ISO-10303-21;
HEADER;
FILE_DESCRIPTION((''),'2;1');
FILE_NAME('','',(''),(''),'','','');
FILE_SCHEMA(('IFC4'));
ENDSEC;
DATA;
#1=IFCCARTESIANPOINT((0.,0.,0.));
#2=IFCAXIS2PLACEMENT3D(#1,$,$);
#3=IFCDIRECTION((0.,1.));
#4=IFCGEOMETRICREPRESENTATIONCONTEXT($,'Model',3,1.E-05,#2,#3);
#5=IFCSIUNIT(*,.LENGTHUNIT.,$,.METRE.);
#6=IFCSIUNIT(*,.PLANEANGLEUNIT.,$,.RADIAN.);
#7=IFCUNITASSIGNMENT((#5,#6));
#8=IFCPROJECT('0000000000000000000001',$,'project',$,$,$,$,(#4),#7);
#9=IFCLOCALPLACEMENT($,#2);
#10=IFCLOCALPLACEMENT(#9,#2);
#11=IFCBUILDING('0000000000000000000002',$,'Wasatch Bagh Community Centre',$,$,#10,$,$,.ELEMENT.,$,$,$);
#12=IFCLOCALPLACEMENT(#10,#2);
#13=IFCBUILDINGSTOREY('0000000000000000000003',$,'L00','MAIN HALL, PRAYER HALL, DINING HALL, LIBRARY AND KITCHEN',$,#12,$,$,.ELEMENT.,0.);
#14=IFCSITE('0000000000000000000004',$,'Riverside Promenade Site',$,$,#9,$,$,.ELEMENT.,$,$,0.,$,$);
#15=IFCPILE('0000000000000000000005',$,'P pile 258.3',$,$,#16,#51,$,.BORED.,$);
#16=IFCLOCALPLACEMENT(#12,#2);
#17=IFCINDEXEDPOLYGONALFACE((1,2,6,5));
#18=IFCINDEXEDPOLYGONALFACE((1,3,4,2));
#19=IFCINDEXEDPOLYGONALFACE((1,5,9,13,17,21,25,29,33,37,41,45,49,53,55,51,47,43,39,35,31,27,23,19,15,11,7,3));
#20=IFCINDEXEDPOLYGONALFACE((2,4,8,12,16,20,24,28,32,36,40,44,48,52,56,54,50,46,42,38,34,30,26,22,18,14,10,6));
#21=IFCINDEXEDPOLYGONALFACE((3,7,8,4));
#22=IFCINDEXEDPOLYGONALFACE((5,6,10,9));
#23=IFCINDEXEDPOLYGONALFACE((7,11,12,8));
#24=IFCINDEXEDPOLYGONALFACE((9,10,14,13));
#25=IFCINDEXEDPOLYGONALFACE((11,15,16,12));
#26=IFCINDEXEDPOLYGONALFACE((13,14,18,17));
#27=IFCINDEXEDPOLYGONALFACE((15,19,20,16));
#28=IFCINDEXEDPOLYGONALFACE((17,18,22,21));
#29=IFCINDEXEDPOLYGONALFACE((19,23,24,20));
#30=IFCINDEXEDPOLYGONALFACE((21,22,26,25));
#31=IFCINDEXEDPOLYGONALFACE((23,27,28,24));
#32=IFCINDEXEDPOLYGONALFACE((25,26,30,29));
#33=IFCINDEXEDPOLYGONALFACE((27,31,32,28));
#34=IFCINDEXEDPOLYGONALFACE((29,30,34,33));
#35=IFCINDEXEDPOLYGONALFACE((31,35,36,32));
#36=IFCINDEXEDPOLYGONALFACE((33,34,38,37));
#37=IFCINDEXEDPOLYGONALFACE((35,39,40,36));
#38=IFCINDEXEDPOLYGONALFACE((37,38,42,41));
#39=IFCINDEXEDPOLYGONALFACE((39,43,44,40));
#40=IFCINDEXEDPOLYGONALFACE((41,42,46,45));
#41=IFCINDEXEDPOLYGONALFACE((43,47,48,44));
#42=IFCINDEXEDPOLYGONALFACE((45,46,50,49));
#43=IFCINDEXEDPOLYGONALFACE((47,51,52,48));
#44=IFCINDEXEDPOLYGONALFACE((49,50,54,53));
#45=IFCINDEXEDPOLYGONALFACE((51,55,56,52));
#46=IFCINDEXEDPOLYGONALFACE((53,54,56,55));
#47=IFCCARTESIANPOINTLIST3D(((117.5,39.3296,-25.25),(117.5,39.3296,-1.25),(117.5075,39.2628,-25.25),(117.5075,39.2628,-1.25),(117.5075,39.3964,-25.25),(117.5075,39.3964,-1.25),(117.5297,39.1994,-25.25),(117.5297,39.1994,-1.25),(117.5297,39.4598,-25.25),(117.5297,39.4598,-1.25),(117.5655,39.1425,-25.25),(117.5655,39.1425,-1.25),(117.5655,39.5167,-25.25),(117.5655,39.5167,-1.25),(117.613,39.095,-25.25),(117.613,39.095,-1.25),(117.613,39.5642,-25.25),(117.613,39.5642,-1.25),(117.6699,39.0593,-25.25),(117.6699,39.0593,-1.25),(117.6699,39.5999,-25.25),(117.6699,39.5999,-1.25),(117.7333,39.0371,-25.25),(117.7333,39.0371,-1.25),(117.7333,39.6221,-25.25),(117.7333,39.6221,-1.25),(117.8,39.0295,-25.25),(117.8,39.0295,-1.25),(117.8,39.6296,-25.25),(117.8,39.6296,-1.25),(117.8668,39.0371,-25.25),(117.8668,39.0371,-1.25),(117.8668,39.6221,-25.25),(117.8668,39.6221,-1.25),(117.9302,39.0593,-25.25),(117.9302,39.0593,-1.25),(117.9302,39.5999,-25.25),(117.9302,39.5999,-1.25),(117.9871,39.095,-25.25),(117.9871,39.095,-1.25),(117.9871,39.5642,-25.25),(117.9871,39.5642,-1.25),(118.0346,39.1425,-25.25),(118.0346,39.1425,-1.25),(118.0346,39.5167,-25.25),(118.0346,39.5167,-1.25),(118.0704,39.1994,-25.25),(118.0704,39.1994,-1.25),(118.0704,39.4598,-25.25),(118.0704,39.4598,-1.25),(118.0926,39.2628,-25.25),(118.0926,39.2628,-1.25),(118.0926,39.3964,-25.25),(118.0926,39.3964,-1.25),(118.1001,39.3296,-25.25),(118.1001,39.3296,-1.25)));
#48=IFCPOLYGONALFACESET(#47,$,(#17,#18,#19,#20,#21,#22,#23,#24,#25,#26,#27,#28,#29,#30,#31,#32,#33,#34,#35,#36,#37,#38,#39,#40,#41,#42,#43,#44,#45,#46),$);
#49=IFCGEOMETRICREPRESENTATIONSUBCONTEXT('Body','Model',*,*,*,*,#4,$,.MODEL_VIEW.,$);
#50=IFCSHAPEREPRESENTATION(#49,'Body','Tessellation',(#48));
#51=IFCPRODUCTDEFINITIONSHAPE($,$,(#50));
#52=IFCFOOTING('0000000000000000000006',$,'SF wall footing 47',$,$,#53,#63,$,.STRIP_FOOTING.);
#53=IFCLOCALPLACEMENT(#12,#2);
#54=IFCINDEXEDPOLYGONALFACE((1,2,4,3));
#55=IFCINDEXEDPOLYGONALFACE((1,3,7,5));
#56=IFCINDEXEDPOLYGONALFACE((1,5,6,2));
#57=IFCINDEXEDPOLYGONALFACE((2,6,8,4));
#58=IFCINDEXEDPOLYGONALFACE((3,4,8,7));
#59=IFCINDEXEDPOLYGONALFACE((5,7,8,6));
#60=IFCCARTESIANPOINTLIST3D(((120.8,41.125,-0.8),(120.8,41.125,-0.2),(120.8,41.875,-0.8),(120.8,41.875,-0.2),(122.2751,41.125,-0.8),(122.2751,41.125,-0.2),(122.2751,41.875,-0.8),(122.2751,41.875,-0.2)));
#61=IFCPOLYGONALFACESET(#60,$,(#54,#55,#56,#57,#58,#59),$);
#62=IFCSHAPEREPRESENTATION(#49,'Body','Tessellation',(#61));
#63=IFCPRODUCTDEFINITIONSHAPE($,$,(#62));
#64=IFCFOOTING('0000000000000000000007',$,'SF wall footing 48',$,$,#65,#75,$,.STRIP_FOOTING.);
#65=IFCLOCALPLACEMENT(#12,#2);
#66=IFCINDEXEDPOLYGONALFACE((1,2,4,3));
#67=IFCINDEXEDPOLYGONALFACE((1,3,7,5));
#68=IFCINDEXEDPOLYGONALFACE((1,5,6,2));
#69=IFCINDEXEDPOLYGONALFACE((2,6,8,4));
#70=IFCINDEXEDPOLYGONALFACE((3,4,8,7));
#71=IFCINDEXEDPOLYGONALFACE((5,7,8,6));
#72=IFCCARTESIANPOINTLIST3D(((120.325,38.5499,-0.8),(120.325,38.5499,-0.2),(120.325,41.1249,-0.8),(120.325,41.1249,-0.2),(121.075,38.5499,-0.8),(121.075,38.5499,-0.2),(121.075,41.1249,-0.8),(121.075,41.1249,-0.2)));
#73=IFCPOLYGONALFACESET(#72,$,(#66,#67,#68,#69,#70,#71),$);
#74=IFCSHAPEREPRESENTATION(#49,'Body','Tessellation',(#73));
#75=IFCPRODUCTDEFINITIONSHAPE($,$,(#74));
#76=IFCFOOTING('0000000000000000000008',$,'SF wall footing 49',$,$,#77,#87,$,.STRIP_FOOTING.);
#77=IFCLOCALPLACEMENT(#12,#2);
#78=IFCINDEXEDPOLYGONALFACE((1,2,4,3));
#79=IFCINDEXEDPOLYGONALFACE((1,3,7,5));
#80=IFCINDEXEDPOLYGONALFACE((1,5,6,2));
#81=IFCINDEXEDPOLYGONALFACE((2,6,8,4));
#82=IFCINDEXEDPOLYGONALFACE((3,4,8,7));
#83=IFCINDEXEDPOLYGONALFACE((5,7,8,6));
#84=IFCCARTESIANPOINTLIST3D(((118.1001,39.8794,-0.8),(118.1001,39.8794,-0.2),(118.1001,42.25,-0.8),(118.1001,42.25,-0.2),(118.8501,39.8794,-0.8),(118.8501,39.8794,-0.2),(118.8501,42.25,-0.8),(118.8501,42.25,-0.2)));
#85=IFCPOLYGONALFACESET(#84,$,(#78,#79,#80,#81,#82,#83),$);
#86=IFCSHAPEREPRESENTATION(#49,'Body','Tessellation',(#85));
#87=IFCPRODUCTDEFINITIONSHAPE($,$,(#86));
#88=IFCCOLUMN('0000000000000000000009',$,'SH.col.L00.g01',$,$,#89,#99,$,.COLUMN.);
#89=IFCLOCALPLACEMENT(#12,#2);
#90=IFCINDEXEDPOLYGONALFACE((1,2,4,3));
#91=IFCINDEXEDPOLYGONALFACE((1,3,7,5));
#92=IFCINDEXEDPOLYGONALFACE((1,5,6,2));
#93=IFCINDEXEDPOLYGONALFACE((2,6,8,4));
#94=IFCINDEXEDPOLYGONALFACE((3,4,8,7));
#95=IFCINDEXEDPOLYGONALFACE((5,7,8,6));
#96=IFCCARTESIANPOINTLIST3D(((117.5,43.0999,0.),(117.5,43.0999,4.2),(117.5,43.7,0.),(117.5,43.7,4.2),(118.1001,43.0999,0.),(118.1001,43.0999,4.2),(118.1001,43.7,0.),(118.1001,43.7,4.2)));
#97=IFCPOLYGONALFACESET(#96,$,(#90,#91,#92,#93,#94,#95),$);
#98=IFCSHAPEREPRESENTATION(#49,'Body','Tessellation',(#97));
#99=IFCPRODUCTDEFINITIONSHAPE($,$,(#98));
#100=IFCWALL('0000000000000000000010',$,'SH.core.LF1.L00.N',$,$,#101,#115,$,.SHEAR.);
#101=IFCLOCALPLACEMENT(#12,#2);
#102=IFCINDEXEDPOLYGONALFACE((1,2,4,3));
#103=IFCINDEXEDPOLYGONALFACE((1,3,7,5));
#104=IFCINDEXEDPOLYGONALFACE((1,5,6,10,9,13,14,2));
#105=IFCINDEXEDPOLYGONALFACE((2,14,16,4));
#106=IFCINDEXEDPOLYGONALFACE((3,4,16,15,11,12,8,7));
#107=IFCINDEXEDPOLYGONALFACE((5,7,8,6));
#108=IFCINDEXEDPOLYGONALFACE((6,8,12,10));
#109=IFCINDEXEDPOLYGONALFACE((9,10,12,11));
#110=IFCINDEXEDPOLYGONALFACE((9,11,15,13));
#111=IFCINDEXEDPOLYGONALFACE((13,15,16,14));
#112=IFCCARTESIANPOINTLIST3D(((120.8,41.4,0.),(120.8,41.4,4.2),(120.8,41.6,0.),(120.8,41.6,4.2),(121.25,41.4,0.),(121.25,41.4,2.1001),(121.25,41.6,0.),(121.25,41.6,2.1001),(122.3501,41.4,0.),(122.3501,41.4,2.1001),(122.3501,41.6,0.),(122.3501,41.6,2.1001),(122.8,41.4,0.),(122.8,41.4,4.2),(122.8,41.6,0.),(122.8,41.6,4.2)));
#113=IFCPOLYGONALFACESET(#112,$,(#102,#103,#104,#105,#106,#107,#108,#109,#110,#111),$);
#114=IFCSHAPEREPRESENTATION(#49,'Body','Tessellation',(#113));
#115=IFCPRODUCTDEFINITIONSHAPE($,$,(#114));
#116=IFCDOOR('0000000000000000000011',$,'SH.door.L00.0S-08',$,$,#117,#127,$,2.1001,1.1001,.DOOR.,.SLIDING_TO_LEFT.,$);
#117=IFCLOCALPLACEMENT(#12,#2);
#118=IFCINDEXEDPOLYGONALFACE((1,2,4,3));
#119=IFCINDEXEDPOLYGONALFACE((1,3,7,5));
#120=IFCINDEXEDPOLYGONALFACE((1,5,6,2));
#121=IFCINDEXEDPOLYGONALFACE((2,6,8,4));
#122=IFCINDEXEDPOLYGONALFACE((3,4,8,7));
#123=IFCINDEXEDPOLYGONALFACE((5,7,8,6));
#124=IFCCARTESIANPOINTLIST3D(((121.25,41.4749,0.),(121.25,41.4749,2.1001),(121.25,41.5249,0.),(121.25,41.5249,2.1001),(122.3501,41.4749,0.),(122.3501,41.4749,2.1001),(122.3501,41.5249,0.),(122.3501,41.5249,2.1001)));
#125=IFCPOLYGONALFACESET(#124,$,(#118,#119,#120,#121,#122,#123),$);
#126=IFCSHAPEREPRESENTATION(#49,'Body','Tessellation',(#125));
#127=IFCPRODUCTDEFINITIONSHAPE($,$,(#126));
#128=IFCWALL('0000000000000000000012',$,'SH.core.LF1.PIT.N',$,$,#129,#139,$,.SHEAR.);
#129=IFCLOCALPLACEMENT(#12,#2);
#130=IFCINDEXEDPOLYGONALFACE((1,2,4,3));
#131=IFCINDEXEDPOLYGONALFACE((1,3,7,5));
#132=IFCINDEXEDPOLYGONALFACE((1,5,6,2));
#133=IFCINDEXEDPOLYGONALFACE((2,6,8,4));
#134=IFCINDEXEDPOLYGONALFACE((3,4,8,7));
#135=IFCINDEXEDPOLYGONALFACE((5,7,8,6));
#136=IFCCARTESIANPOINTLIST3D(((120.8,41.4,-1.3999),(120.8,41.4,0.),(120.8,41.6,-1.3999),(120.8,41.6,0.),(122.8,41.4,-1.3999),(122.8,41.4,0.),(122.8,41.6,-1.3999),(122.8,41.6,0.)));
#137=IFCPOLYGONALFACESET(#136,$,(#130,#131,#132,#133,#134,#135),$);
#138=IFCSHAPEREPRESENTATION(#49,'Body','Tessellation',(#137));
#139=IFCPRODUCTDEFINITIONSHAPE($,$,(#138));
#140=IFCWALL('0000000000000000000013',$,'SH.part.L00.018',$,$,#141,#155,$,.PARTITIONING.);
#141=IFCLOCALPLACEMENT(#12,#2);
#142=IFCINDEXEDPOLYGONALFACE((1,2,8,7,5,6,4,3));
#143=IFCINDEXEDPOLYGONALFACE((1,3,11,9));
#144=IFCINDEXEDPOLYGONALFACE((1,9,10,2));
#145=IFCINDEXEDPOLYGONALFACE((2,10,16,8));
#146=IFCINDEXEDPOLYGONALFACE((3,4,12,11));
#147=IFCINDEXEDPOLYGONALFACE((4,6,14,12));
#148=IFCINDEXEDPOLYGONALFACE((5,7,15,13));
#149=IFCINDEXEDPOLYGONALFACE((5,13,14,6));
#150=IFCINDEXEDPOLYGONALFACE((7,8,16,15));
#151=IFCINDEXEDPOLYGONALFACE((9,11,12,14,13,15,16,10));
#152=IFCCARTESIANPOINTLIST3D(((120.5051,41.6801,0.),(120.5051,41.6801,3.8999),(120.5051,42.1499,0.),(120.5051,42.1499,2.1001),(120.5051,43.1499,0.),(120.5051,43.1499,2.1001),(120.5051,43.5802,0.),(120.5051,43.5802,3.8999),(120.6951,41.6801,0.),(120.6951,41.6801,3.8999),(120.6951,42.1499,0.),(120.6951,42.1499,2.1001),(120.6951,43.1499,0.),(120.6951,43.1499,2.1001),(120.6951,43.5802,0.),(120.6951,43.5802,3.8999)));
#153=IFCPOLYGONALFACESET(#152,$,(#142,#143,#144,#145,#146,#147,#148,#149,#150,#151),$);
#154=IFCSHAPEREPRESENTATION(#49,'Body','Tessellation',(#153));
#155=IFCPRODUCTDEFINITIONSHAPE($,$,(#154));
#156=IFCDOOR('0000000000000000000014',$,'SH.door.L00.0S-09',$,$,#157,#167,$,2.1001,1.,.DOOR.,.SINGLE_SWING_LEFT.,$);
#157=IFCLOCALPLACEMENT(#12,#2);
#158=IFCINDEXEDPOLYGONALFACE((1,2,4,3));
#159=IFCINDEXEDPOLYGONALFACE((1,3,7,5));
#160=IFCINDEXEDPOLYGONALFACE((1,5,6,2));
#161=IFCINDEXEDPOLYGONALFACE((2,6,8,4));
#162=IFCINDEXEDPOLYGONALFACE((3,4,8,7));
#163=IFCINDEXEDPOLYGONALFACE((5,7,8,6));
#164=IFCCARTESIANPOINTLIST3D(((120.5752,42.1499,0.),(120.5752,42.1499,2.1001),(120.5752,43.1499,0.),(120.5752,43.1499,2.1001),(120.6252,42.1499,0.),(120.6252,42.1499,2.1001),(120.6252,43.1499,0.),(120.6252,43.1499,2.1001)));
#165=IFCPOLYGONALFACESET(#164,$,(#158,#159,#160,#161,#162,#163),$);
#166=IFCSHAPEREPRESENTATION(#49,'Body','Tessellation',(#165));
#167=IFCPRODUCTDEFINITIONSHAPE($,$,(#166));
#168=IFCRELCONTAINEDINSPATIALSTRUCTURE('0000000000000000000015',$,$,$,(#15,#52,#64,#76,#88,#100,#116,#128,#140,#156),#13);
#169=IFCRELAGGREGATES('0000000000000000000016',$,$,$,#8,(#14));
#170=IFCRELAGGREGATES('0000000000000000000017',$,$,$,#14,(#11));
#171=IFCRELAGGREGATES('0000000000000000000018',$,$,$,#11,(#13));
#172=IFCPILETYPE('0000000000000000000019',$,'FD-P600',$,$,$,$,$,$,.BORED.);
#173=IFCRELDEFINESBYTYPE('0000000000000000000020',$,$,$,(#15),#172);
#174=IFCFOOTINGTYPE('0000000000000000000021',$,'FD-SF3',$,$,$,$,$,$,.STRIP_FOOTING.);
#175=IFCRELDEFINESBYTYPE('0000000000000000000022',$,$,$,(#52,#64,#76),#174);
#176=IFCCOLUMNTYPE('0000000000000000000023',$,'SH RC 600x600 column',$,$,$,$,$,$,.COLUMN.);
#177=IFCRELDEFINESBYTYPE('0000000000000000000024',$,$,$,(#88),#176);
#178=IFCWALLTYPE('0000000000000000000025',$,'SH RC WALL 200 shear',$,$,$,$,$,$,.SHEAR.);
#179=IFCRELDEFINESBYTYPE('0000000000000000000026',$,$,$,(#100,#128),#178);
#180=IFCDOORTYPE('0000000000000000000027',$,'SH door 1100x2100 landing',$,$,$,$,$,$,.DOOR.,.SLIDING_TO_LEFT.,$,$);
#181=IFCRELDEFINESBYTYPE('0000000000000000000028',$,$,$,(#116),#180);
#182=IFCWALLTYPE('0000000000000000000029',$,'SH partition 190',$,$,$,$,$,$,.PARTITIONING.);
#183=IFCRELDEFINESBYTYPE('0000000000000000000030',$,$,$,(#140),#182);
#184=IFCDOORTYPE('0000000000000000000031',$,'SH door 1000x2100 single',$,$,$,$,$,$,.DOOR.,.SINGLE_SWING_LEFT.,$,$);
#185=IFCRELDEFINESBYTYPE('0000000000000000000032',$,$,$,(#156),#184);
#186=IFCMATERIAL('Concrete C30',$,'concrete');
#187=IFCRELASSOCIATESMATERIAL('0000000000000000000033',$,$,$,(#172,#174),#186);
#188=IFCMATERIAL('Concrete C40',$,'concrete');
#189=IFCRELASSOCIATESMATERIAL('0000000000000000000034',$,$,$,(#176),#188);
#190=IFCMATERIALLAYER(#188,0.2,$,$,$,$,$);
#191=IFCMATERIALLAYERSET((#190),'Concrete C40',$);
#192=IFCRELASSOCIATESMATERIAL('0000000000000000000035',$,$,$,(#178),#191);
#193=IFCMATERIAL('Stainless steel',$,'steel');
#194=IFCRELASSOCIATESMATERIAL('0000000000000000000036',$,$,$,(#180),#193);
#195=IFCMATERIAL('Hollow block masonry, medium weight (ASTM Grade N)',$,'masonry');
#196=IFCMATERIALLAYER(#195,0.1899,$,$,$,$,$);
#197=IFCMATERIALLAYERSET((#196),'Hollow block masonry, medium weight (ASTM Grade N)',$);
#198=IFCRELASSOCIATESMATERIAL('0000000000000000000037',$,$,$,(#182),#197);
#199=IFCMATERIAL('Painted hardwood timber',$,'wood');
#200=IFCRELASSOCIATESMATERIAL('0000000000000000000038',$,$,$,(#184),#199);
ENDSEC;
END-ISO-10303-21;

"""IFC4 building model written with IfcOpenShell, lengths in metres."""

from ifc_helpers import new_model, si_unit, direction, frame, frame_2d, origin, origin_2d, place, context, subcontext, project, spatial, rectangle, circle, extrude, material, layer, layer_set, material_profile, profile_set, type_object, element, fill, save


model = new_model("IFC4")

# Units and contexts
model_context = context("Model", 3, precision=1e-05, world=origin(), true_north=direction((0.0, 1.0)))
body_context = subcontext(model_context, "Body", "Model", "MODEL_VIEW")
ifc_project = project(units=[si_unit("LENGTHUNIT", "METRE"), si_unit("PLANEANGLEUNIT", "RADIAN")], contexts=[model_context])

# Site, building, storey
site_placement = place(None, origin())
site = spatial("IfcSite", under=ifc_project, at=site_placement, Name="Riverside Promenade Site", CompositionType="ELEMENT", RefElevation=0.0)
building_placement = place(site_placement, origin())
building = spatial("IfcBuilding", under=site, at=building_placement, Name="Wasatch Bagh Community Centre", CompositionType="ELEMENT")
storey_placement = place(building_placement, origin())
storey = spatial("IfcBuildingStorey", under=building, at=storey_placement, Name="L00", Description="MAIN HALL, PRAYER HALL, DINING HALL, LIBRARY AND KITCHEN", CompositionType="ELEMENT", Elevation=0.0)

# Pile
ifc_material_1 = material(Name="Concrete C30", Category="concrete")
ifc_material_profile_1 = material_profile(ifc_material_1, circle(Radius=0.3, at=origin_2d()), Name="RC D600")
ifc_profile_set_1 = profile_set([ifc_material_profile_1], Name="Concrete C30")
pile_type_1 = type_object("IfcPileType", Name="FD-P600", PredefinedType="BORED", material=ifc_profile_set_1)
pile_placement = place(storey_placement, frame((117.8, 39.3296, -1.25), z_axis=(0.0, 0.0, -1.0), x_axis=(1.0, 0.0, 0.0)))
element("IfcPile", 1, at=pile_placement, inside=storey, type_object=pile_type_1, Name="P pile 258.3", PredefinedType="BORED", context=body_context, shape_type="SweptSolid", body=[
    extrude(circle(Radius=0.3, at=origin_2d()), origin(), (0.0, 0.0, 1.0), 24.0),
])

# Footings
footing_type_1 = type_object("IfcFootingType", Name="FD-SF3", PredefinedType="STRIP_FOOTING", material=ifc_material_1)
footing_1_placement = place(storey_placement, frame((121.5376, 41.5, -0.8), z_axis=(0.0, 0.0, 1.0), x_axis=(1.0, 0.0, 0.0)))
element("IfcFooting", 2, at=footing_1_placement, inside=storey, type_object=footing_type_1, Name="SF wall footing 47", PredefinedType="STRIP_FOOTING", context=body_context, shape_type="SweptSolid", body=[
    extrude(rectangle(XDim=1.4751, YDim=0.75, at=origin_2d()), origin(), (0.0, 0.0, 1.0), 0.6001),
])
footing_2_placement = place(storey_placement, frame((120.7, 39.8374, -0.8), z_axis=(0.0, 0.0, 1.0), x_axis=(0.0, 1.0, 0.0)))
element("IfcFooting", 3, at=footing_2_placement, inside=storey, type_object=footing_type_1, Name="SF wall footing 48", PredefinedType="STRIP_FOOTING", context=body_context, shape_type="SweptSolid", body=[
    extrude(rectangle(XDim=2.575, YDim=0.75, at=origin_2d()), origin(), (0.0, 0.0, 1.0), 0.6001),
])
footing_3_placement = place(storey_placement, frame((118.4751, 41.0647, -0.8), z_axis=(0.0, 0.0, 1.0), x_axis=(0.0, 1.0, 0.0)))
element("IfcFooting", 4, at=footing_3_placement, inside=storey, type_object=footing_type_1, Name="SF wall footing 49", PredefinedType="STRIP_FOOTING", context=body_context, shape_type="SweptSolid", body=[
    extrude(rectangle(XDim=2.3706, YDim=0.75, at=origin_2d()), origin(), (0.0, 0.0, 1.0), 0.6001),
])

# Column
ifc_material_2 = material(Name="Concrete C40", Category="concrete")
ifc_material_profile_2 = material_profile(ifc_material_2, rectangle(XDim=0.6001, YDim=0.6001, at=origin_2d()), Name="RC 600x600")
ifc_profile_set_2 = profile_set([ifc_material_profile_2], Name="Concrete C40")
column_type = type_object("IfcColumnType", Name="SH RC 600x600 column", PredefinedType="COLUMN", material=ifc_profile_set_2)
column_placement = place(storey_placement, frame((117.8, 43.3999, 0.0), z_axis=(0.0, 0.0, 1.0), x_axis=(1.0, 0.0, 0.0)))
element("IfcColumn", 5, at=column_placement, inside=storey, type_object=column_type, Name="SH.col.L00.g01", PredefinedType="COLUMN", context=body_context, shape_type="SweptSolid", body=[
    extrude(rectangle(XDim=0.6001, YDim=0.6001, at=origin_2d()), origin(), (0.0, 0.0, 1.0), 4.2),
])

# Wall, opening, door
ifc_layer_1 = layer(ifc_material_2, 0.2)
ifc_layer_set_1 = layer_set([ifc_layer_1], Name="Concrete C40")
wall_type_1 = type_object("IfcWallType", Name="SH RC WALL 200 shear", PredefinedType="SHEAR", material=ifc_layer_set_1)
wall_1_placement = place(storey_placement, frame((120.8, 41.5, 0.0), z_axis=(0.0, 0.0, 1.0), x_axis=(1.0, 0.0, 0.0)))
wall_1 = element("IfcWall", 6, at=wall_1_placement, inside=storey, type_object=wall_type_1, Name="SH.core.LF1.L00.N", PredefinedType="SHEAR", context=body_context, shape_type="SweptSolid", body=[
    extrude(rectangle(XDim=2.0, YDim=0.2, at=frame_2d((1.0, 0.0))), origin(), (0.0, 0.0, 1.0), 4.2),
])
opening_1_placement = place(wall_1_placement, frame((0.45, 0.0, 0.0)))
opening_1 = element("IfcOpeningElement", 7, at=opening_1_placement, cuts=wall_1, PredefinedType="OPENING", context=body_context, shape_type="SweptSolid", body=[
    extrude(rectangle(XDim=1.1001, YDim=2.1001, at=frame_2d((0.55, 1.05))), frame((0.0, 0.1099, 0.0), z_axis=(0.0, -1.0, 0.0), x_axis=(1.0, 0.0, 0.0)), (0.0, 0.0, 1.0), 0.22),
])
ifc_material_3 = material(Name="Stainless steel", Category="steel")
door_type_1 = type_object("IfcDoorType", Name="SH door 1100x2100 landing", OperationType="SLIDING_TO_LEFT", PredefinedType="DOOR", material=ifc_material_3)
door_1_placement = place(opening_1_placement, origin())
door_1 = element("IfcDoor", 8, at=door_1_placement, inside=storey, type_object=door_type_1, Name="SH.door.L00.0S-08", OperationType="SLIDING_TO_LEFT", OverallHeight=2.1001, OverallWidth=1.1001, PredefinedType="DOOR", context=body_context, shape_type="SweptSolid", body=[
    extrude(rectangle(XDim=1.1001, YDim=2.1001, at=frame_2d((0.55, 1.05))), frame((0.0, 0.0249, 0.0), z_axis=(0.0, -1.0, 0.0), x_axis=(1.0, 0.0, 0.0)), (0.0, 0.0, 1.0), 0.05),
])
fill(opening_1, door_1)

# Wall
wall_2_placement = place(storey_placement, frame((120.8, 41.5, -1.3999), z_axis=(0.0, 0.0, 1.0), x_axis=(1.0, 0.0, 0.0)))
element("IfcWall", 9, at=wall_2_placement, inside=storey, type_object=wall_type_1, Name="SH.core.LF1.PIT.N", PredefinedType="SHEAR", context=body_context, shape_type="SweptSolid", body=[
    extrude(rectangle(XDim=2.0, YDim=0.2, at=frame_2d((1.0, 0.0))), origin(), (0.0, 0.0, 1.0), 1.3999),
])

# Wall, opening, door
ifc_material_4 = material(Name="Hollow block masonry, medium weight (ASTM Grade N)", Category="masonry")
ifc_layer_2 = layer(ifc_material_4, 0.1899)
ifc_layer_set_2 = layer_set([ifc_layer_2], Name="Hollow block masonry, medium weight (ASTM Grade N)")
wall_type_2 = type_object("IfcWallType", Name="SH partition 190", PredefinedType="PARTITIONING", material=ifc_layer_set_2)
wall_3_placement = place(storey_placement, frame((120.6001, 41.6799, 0.0), z_axis=(0.0, 0.0, 1.0), x_axis=(0.0, 1.0, 0.0)))
wall_3 = element("IfcWall", 10, at=wall_3_placement, inside=storey, type_object=wall_type_2, Name="SH.part.L00.018", PredefinedType="PARTITIONING", context=body_context, shape_type="SweptSolid", body=[
    extrude(rectangle(XDim=1.9001, YDim=0.1899, at=frame_2d((0.9502, 0.0))), origin(), (0.0, 0.0, 1.0), 3.8999),
])
opening_2_placement = place(wall_3_placement, frame((0.47, 0.0, 0.0)))
opening_2 = element("IfcOpeningElement", 11, at=opening_2_placement, cuts=wall_3, PredefinedType="OPENING", context=body_context, shape_type="SweptSolid", body=[
    extrude(rectangle(XDim=1.0, YDim=2.1001, at=frame_2d((0.5, 1.05))), frame((0.0, 0.105, 0.0), z_axis=(0.0, -1.0, 0.0), x_axis=(1.0, 0.0, 0.0)), (0.0, 0.0, 1.0), 0.21),
])
ifc_material_5 = material(Name="Painted hardwood timber", Category="wood")
door_type_2 = type_object("IfcDoorType", Name="SH door 1000x2100 single", OperationType="SINGLE_SWING_LEFT", PredefinedType="DOOR", material=ifc_material_5)
door_2_placement = place(opening_2_placement, origin())
door_2 = element("IfcDoor", 12, at=door_2_placement, inside=storey, type_object=door_type_2, Name="SH.door.L00.0S-09", OperationType="SINGLE_SWING_LEFT", OverallHeight=2.1001, OverallWidth=1.0, PredefinedType="DOOR", context=body_context, shape_type="SweptSolid", body=[
    extrude(rectangle(XDim=1.0, YDim=2.1001, at=frame_2d((0.5, 1.05))), frame((0.0, 0.0249, 0.0), z_axis=(0.0, -1.0, 0.0), x_axis=(1.0, 0.0, 0.0)), (0.0, 0.0, 1.0), 0.05),
])
fill(opening_2, door_2)

save(model, "model.ifc")
